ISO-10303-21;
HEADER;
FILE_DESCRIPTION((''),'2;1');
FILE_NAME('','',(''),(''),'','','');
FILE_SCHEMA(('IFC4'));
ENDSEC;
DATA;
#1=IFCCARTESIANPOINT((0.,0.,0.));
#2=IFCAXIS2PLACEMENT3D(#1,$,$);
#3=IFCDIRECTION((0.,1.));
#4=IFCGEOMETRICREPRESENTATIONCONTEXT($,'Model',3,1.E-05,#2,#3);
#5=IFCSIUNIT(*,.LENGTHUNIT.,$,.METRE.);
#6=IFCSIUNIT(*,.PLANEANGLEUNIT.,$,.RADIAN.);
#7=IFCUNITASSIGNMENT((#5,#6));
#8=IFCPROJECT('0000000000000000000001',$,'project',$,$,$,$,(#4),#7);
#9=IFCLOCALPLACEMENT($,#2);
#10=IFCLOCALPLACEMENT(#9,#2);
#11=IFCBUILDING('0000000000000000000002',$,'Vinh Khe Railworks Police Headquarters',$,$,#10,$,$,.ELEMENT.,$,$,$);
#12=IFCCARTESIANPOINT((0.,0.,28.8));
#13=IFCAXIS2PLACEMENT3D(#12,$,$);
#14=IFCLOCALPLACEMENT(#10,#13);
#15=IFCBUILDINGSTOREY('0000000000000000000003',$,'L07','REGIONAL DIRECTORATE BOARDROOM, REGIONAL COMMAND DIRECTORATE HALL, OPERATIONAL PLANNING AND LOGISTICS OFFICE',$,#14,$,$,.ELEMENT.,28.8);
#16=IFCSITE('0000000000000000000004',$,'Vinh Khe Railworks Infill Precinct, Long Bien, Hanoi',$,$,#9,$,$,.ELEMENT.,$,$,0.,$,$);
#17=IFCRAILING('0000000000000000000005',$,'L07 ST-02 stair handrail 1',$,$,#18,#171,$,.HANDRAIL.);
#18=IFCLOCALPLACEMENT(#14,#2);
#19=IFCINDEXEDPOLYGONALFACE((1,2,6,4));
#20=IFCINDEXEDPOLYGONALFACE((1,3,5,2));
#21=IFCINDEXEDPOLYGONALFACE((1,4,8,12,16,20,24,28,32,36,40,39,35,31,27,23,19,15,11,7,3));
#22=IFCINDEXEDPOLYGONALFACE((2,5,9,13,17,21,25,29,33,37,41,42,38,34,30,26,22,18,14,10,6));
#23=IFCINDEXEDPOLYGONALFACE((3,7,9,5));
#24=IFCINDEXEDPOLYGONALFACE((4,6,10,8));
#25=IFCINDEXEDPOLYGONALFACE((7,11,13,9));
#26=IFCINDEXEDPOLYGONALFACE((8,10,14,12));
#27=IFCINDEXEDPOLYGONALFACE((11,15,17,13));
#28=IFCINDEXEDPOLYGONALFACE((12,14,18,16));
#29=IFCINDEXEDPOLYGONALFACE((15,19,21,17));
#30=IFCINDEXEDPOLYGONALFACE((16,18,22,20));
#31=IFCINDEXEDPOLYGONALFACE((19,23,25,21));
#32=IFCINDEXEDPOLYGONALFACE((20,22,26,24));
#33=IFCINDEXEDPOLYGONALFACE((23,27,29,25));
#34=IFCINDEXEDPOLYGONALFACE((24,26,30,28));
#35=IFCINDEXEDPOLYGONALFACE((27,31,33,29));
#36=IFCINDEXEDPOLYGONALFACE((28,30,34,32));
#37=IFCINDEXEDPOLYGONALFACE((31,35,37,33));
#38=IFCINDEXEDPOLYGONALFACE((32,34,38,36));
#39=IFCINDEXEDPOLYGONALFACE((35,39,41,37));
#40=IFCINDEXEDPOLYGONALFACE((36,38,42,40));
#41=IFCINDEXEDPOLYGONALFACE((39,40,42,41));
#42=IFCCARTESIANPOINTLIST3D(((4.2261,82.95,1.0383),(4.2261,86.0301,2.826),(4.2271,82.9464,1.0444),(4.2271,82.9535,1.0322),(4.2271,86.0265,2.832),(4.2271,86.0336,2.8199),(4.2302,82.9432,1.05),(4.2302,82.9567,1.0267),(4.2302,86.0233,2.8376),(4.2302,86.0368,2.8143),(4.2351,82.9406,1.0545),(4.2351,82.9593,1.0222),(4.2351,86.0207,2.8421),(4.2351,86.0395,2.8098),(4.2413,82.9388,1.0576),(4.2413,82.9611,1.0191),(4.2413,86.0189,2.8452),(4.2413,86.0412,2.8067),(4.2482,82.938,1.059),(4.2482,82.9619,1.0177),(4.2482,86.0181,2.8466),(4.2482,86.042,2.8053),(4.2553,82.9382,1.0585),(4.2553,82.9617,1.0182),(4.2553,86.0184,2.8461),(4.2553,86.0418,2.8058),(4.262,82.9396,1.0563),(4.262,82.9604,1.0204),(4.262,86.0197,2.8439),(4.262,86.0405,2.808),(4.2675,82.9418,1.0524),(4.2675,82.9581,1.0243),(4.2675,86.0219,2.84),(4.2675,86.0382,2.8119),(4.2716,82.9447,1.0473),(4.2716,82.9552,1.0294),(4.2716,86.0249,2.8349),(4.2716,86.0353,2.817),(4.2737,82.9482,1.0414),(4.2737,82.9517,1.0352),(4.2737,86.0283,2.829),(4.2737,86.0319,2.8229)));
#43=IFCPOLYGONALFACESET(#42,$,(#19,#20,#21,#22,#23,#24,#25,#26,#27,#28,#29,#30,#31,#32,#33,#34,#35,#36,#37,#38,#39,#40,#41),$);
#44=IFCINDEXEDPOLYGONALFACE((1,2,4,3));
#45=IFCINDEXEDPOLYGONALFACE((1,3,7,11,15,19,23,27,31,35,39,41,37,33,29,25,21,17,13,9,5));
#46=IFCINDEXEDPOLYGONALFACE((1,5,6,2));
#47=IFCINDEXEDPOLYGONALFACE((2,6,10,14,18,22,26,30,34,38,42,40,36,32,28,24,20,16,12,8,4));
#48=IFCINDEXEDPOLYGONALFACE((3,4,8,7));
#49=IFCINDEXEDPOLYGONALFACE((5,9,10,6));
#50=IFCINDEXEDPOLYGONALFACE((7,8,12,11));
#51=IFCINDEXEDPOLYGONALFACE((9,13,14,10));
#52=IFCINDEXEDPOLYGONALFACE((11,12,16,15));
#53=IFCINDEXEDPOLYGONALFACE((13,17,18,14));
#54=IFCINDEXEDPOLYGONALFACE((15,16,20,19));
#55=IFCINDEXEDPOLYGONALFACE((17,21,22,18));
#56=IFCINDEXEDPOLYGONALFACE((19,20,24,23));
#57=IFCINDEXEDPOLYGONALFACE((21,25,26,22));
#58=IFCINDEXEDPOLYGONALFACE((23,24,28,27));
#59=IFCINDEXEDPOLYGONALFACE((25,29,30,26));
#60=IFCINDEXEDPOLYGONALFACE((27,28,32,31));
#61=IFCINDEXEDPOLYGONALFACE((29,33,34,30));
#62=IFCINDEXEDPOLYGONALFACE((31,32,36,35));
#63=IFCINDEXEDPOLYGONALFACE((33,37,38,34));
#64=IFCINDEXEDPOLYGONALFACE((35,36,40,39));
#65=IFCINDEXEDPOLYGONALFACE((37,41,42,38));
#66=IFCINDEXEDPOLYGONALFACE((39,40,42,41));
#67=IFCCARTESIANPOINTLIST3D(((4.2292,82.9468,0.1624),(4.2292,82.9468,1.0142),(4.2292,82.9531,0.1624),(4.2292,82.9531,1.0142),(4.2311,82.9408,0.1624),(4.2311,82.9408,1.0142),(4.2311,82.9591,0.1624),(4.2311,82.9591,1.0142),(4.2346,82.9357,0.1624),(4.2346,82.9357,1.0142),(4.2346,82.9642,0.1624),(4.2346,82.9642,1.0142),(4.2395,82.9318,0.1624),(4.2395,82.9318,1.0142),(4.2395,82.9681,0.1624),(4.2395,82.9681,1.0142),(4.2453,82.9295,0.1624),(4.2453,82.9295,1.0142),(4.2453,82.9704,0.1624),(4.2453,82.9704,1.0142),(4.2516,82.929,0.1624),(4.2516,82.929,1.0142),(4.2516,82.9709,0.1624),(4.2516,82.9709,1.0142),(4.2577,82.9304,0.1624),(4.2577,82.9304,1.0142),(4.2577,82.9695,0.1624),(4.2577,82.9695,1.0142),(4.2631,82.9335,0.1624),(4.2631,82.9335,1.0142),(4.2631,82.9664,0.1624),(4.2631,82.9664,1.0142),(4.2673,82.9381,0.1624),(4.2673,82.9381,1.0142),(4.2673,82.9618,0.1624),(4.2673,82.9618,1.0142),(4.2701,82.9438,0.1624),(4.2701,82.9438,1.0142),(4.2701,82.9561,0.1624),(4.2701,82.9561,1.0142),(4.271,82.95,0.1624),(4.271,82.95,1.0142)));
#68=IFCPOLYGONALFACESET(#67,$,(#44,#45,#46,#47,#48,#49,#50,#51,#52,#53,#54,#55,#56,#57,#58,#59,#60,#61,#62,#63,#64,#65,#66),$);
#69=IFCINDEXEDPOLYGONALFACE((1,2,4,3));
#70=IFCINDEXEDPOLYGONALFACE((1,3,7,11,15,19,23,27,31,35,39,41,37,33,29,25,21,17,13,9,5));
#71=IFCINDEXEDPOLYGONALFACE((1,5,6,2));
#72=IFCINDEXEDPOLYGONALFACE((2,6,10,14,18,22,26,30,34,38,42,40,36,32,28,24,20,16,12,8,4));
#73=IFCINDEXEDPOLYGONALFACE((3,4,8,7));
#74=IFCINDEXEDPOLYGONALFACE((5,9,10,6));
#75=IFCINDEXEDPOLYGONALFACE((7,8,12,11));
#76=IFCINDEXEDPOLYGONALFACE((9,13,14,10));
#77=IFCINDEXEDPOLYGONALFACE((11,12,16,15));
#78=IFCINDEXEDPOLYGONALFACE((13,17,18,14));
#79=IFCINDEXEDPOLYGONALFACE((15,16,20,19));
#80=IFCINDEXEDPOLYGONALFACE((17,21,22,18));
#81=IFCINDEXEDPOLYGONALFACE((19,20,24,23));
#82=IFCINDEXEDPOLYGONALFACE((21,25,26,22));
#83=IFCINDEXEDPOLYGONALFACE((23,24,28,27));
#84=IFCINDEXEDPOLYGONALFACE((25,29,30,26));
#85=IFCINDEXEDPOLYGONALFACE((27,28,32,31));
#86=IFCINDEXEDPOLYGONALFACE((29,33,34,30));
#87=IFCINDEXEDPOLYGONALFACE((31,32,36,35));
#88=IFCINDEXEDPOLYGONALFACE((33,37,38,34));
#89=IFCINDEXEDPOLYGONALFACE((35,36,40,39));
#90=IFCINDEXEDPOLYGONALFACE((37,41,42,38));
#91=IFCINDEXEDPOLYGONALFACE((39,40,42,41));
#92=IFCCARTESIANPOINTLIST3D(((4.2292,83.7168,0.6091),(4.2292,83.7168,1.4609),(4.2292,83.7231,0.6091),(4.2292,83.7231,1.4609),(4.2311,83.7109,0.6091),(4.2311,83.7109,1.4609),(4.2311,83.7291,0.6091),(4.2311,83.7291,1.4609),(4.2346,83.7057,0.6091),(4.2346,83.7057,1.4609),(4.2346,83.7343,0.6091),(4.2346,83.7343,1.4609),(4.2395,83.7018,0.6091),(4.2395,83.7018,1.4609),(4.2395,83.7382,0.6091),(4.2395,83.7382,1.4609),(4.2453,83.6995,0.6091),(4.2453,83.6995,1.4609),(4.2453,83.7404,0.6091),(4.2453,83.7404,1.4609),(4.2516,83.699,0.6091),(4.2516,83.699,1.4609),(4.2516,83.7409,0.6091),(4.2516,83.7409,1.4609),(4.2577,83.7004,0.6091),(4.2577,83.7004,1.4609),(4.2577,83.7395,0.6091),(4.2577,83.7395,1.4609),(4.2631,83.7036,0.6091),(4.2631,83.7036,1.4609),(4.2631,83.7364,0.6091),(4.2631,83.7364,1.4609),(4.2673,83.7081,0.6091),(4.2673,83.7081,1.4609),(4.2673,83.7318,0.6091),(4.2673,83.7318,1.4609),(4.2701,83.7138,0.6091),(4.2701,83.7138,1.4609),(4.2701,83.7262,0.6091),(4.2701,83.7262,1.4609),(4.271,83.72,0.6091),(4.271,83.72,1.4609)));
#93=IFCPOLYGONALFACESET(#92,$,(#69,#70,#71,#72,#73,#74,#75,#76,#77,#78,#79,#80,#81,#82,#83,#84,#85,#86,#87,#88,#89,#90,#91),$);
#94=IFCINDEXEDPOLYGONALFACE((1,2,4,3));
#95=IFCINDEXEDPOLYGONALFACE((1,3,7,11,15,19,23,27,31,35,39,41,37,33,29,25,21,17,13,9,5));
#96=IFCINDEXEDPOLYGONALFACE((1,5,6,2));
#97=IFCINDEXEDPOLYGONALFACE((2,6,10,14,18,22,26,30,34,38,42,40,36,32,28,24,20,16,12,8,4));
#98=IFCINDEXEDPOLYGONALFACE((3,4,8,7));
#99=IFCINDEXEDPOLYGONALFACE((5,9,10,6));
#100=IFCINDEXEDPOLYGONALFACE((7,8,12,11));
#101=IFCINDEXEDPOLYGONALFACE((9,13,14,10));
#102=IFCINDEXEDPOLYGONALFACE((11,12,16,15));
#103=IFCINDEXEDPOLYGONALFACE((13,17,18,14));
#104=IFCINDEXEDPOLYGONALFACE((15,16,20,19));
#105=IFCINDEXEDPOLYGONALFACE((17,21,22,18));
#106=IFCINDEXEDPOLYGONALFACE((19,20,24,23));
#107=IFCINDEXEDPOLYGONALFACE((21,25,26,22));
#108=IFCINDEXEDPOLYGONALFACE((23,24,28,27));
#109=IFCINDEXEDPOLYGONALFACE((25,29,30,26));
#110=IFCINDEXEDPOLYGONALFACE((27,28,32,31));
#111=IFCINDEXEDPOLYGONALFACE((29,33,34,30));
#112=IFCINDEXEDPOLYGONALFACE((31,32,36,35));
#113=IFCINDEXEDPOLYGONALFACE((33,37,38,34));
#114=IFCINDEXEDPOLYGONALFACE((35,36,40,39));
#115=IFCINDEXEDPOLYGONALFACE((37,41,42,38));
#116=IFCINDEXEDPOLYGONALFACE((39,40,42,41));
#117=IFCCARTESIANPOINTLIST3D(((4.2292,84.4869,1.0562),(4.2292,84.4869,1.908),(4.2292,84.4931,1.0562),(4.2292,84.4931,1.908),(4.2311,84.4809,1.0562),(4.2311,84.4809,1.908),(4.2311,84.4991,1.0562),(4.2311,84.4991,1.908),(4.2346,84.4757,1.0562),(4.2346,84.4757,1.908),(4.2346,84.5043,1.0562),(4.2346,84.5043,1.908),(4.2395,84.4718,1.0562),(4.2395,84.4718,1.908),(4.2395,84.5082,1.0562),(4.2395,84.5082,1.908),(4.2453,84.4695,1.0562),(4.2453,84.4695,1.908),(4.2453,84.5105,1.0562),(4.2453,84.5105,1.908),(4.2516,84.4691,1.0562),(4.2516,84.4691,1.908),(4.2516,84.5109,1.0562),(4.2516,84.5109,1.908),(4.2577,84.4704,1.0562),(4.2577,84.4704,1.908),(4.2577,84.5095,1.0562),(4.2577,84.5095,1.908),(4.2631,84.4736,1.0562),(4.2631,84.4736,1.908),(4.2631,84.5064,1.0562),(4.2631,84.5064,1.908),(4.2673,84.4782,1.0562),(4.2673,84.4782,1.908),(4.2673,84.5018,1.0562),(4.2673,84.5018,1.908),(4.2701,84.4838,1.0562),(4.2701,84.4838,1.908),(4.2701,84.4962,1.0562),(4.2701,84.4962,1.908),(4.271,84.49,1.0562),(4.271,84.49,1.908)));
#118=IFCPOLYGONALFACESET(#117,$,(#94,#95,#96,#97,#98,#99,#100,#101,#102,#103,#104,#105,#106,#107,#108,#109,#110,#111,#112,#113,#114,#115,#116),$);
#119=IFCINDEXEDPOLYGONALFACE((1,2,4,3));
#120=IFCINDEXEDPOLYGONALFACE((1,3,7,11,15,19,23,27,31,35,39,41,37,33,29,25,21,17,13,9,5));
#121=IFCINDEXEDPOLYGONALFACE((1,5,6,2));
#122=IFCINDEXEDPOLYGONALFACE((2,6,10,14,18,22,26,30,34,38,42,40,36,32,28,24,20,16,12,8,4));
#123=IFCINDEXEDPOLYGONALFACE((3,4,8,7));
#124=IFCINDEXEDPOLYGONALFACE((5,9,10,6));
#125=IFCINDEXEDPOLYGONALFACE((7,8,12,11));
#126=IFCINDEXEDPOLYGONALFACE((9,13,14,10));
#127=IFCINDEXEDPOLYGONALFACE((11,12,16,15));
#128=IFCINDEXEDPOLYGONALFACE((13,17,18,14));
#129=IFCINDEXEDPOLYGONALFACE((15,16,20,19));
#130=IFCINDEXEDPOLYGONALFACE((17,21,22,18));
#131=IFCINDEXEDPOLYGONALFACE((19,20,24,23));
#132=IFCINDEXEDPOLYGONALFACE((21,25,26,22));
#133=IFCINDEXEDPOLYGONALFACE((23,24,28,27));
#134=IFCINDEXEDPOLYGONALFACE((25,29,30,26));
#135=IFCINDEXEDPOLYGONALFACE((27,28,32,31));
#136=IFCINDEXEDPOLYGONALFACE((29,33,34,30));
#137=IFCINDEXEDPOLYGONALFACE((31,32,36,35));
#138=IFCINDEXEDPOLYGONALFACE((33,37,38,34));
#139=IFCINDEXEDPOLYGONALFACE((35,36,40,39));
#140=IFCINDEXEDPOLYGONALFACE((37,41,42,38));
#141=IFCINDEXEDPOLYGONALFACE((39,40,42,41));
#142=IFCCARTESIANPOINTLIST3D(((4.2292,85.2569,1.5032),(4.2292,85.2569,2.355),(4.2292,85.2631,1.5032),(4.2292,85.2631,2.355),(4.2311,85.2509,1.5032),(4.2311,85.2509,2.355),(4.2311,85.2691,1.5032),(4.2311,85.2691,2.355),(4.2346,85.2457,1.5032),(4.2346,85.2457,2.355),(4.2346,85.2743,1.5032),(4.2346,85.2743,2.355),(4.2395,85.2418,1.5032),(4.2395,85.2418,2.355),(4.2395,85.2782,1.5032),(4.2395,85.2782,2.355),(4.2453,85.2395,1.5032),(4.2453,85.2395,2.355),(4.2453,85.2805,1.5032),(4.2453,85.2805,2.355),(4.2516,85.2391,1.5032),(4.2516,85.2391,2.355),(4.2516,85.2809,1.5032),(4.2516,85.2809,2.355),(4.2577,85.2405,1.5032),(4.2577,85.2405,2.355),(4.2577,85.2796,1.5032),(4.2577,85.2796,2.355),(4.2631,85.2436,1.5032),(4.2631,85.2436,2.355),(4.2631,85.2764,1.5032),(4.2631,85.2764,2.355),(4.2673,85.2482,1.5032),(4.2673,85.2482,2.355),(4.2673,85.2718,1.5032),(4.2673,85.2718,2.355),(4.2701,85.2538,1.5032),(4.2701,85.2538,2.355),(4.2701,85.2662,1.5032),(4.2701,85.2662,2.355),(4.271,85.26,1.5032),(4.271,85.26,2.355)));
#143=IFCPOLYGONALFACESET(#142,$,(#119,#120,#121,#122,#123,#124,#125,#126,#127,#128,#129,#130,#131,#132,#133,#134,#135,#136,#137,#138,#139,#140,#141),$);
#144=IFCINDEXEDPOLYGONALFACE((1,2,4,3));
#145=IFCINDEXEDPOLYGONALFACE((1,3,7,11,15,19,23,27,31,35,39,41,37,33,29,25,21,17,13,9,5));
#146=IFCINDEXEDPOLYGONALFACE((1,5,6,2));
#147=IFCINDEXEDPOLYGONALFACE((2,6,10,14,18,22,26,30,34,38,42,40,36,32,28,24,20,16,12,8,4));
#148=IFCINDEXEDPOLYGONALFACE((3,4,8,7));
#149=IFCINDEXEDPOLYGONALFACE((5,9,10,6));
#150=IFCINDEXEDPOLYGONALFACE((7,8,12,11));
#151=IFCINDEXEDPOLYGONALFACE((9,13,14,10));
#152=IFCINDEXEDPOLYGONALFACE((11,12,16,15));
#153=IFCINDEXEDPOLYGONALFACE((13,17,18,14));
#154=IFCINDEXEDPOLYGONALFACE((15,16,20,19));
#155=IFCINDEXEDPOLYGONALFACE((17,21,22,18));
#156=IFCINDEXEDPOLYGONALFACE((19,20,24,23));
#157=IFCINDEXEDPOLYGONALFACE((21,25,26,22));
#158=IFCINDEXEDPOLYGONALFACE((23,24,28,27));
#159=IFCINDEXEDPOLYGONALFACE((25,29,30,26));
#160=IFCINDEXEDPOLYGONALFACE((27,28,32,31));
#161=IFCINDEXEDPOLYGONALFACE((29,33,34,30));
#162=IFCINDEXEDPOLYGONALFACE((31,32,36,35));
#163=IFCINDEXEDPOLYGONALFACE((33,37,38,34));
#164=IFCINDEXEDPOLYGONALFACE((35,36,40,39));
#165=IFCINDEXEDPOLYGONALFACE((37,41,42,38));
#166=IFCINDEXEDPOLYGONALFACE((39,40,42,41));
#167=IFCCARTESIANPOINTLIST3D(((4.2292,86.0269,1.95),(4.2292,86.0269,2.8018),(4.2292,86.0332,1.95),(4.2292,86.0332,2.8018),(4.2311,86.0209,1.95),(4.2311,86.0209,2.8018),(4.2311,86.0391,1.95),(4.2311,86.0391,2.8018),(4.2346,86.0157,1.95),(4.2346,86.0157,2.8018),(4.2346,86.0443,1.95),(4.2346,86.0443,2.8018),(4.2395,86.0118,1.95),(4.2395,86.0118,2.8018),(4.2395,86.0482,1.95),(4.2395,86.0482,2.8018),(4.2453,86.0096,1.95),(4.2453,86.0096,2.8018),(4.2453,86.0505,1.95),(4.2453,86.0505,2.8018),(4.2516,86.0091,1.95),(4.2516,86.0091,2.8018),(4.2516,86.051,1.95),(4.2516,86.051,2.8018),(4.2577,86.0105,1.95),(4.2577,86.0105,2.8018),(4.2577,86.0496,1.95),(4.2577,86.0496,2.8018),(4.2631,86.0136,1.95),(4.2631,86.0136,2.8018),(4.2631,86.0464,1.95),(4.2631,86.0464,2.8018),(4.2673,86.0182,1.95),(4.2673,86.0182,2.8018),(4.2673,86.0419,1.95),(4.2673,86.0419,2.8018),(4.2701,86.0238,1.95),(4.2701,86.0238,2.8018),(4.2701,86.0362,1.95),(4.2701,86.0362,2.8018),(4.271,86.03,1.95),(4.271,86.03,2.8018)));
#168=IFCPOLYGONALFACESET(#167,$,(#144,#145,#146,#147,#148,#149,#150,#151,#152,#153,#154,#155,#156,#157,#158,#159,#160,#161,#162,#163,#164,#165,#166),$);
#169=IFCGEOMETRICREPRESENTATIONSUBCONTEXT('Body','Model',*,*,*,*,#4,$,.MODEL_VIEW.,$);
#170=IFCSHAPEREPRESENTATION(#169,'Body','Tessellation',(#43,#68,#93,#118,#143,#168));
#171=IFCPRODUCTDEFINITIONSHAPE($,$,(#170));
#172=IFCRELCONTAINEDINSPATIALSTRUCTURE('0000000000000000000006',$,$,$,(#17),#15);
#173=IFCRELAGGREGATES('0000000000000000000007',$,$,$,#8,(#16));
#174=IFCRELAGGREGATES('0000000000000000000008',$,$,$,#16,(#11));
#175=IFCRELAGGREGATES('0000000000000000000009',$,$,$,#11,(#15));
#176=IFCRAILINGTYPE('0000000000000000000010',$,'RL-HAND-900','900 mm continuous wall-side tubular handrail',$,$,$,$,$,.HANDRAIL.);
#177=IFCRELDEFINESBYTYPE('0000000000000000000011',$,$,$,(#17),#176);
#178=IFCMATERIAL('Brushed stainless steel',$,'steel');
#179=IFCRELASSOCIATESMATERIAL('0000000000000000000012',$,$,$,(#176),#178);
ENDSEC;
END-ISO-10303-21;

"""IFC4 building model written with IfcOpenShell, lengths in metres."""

from ifc_helpers import new_model, si_unit, direction, frame, origin, origin_2d, place, context, subcontext, project, spatial, circle, extrude, material, type_object, element, save


model = new_model("IFC4")

# Units and contexts
model_context = context("Model", 3, precision=1e-05, world=origin(), true_north=direction((0.0, 1.0)))
body_context = subcontext(model_context, "Body", "Model", "MODEL_VIEW")
ifc_project = project(units=[si_unit("LENGTHUNIT", "METRE"), si_unit("PLANEANGLEUNIT", "RADIAN")], contexts=[model_context])

# Site, building, storey
site_placement = place(None, origin())
site = spatial("IfcSite", under=ifc_project, at=site_placement, Name="Vinh Khe Railworks Infill Precinct, Long Bien, Hanoi", CompositionType="ELEMENT", RefElevation=0.0)
building_placement = place(site_placement, origin())
building = spatial("IfcBuilding", under=site, at=building_placement, Name="Vinh Khe Railworks Police Headquarters", CompositionType="ELEMENT")
storey_placement = place(building_placement, frame((0.0, 0.0, 28.8)))
storey = spatial("IfcBuildingStorey", under=building, at=storey_placement, Name="L07", Description="REGIONAL DIRECTORATE BOARDROOM, REGIONAL COMMAND DIRECTORATE HALL, OPERATIONAL PLANNING AND LOGISTICS OFFICE", CompositionType="ELEMENT", Elevation=28.8)

# Railing
ifc_material_1 = material(Name="Brushed stainless steel", Category="steel")
railing_type_1 = type_object("IfcRailingType", Name="RL-HAND-900", Description="900 mm continuous wall-side tubular handrail", PredefinedType="HANDRAIL", material=ifc_material_1)
railing_1_placement = place(storey_placement, frame((4.25, 82.95, 0.1624)))
element("IfcRailing", 1, at=railing_1_placement, inside=storey, type_object=railing_type_1, Name="L07 ST-02 stair handrail 1", PredefinedType="HANDRAIL", context=body_context, shape_type="SweptSolid", body=[
    extrude(circle(Radius=0.0239, at=origin_2d()), frame((0.0, 0.0, 0.876), z_axis=(0.0, 0.864891, 0.50196), x_axis=(-1.0, 0.0, 0.0)), (0.0, 0.0, 1.0), 3.5613),
    extrude(circle(Radius=0.021, at=origin_2d()), origin(), (0.0, 0.0, 1.0), 0.8518),
    extrude(circle(Radius=0.021, at=origin_2d()), frame((0.0, 0.77, 0.4468)), (0.0, 0.0, 1.0), 0.8518),
    extrude(circle(Radius=0.021, at=origin_2d()), frame((0.0, 1.54, 0.8938)), (0.0, 0.0, 1.0), 0.8518),
    extrude(circle(Radius=0.021, at=origin_2d()), frame((0.0, 2.3101, 1.3408)), (0.0, 0.0, 1.0), 0.8518),
    extrude(circle(Radius=0.021, at=origin_2d()), frame((0.0, 3.0801, 1.7876)), (0.0, 0.0, 1.0), 0.8518),
])

save(model, "model.ifc")
